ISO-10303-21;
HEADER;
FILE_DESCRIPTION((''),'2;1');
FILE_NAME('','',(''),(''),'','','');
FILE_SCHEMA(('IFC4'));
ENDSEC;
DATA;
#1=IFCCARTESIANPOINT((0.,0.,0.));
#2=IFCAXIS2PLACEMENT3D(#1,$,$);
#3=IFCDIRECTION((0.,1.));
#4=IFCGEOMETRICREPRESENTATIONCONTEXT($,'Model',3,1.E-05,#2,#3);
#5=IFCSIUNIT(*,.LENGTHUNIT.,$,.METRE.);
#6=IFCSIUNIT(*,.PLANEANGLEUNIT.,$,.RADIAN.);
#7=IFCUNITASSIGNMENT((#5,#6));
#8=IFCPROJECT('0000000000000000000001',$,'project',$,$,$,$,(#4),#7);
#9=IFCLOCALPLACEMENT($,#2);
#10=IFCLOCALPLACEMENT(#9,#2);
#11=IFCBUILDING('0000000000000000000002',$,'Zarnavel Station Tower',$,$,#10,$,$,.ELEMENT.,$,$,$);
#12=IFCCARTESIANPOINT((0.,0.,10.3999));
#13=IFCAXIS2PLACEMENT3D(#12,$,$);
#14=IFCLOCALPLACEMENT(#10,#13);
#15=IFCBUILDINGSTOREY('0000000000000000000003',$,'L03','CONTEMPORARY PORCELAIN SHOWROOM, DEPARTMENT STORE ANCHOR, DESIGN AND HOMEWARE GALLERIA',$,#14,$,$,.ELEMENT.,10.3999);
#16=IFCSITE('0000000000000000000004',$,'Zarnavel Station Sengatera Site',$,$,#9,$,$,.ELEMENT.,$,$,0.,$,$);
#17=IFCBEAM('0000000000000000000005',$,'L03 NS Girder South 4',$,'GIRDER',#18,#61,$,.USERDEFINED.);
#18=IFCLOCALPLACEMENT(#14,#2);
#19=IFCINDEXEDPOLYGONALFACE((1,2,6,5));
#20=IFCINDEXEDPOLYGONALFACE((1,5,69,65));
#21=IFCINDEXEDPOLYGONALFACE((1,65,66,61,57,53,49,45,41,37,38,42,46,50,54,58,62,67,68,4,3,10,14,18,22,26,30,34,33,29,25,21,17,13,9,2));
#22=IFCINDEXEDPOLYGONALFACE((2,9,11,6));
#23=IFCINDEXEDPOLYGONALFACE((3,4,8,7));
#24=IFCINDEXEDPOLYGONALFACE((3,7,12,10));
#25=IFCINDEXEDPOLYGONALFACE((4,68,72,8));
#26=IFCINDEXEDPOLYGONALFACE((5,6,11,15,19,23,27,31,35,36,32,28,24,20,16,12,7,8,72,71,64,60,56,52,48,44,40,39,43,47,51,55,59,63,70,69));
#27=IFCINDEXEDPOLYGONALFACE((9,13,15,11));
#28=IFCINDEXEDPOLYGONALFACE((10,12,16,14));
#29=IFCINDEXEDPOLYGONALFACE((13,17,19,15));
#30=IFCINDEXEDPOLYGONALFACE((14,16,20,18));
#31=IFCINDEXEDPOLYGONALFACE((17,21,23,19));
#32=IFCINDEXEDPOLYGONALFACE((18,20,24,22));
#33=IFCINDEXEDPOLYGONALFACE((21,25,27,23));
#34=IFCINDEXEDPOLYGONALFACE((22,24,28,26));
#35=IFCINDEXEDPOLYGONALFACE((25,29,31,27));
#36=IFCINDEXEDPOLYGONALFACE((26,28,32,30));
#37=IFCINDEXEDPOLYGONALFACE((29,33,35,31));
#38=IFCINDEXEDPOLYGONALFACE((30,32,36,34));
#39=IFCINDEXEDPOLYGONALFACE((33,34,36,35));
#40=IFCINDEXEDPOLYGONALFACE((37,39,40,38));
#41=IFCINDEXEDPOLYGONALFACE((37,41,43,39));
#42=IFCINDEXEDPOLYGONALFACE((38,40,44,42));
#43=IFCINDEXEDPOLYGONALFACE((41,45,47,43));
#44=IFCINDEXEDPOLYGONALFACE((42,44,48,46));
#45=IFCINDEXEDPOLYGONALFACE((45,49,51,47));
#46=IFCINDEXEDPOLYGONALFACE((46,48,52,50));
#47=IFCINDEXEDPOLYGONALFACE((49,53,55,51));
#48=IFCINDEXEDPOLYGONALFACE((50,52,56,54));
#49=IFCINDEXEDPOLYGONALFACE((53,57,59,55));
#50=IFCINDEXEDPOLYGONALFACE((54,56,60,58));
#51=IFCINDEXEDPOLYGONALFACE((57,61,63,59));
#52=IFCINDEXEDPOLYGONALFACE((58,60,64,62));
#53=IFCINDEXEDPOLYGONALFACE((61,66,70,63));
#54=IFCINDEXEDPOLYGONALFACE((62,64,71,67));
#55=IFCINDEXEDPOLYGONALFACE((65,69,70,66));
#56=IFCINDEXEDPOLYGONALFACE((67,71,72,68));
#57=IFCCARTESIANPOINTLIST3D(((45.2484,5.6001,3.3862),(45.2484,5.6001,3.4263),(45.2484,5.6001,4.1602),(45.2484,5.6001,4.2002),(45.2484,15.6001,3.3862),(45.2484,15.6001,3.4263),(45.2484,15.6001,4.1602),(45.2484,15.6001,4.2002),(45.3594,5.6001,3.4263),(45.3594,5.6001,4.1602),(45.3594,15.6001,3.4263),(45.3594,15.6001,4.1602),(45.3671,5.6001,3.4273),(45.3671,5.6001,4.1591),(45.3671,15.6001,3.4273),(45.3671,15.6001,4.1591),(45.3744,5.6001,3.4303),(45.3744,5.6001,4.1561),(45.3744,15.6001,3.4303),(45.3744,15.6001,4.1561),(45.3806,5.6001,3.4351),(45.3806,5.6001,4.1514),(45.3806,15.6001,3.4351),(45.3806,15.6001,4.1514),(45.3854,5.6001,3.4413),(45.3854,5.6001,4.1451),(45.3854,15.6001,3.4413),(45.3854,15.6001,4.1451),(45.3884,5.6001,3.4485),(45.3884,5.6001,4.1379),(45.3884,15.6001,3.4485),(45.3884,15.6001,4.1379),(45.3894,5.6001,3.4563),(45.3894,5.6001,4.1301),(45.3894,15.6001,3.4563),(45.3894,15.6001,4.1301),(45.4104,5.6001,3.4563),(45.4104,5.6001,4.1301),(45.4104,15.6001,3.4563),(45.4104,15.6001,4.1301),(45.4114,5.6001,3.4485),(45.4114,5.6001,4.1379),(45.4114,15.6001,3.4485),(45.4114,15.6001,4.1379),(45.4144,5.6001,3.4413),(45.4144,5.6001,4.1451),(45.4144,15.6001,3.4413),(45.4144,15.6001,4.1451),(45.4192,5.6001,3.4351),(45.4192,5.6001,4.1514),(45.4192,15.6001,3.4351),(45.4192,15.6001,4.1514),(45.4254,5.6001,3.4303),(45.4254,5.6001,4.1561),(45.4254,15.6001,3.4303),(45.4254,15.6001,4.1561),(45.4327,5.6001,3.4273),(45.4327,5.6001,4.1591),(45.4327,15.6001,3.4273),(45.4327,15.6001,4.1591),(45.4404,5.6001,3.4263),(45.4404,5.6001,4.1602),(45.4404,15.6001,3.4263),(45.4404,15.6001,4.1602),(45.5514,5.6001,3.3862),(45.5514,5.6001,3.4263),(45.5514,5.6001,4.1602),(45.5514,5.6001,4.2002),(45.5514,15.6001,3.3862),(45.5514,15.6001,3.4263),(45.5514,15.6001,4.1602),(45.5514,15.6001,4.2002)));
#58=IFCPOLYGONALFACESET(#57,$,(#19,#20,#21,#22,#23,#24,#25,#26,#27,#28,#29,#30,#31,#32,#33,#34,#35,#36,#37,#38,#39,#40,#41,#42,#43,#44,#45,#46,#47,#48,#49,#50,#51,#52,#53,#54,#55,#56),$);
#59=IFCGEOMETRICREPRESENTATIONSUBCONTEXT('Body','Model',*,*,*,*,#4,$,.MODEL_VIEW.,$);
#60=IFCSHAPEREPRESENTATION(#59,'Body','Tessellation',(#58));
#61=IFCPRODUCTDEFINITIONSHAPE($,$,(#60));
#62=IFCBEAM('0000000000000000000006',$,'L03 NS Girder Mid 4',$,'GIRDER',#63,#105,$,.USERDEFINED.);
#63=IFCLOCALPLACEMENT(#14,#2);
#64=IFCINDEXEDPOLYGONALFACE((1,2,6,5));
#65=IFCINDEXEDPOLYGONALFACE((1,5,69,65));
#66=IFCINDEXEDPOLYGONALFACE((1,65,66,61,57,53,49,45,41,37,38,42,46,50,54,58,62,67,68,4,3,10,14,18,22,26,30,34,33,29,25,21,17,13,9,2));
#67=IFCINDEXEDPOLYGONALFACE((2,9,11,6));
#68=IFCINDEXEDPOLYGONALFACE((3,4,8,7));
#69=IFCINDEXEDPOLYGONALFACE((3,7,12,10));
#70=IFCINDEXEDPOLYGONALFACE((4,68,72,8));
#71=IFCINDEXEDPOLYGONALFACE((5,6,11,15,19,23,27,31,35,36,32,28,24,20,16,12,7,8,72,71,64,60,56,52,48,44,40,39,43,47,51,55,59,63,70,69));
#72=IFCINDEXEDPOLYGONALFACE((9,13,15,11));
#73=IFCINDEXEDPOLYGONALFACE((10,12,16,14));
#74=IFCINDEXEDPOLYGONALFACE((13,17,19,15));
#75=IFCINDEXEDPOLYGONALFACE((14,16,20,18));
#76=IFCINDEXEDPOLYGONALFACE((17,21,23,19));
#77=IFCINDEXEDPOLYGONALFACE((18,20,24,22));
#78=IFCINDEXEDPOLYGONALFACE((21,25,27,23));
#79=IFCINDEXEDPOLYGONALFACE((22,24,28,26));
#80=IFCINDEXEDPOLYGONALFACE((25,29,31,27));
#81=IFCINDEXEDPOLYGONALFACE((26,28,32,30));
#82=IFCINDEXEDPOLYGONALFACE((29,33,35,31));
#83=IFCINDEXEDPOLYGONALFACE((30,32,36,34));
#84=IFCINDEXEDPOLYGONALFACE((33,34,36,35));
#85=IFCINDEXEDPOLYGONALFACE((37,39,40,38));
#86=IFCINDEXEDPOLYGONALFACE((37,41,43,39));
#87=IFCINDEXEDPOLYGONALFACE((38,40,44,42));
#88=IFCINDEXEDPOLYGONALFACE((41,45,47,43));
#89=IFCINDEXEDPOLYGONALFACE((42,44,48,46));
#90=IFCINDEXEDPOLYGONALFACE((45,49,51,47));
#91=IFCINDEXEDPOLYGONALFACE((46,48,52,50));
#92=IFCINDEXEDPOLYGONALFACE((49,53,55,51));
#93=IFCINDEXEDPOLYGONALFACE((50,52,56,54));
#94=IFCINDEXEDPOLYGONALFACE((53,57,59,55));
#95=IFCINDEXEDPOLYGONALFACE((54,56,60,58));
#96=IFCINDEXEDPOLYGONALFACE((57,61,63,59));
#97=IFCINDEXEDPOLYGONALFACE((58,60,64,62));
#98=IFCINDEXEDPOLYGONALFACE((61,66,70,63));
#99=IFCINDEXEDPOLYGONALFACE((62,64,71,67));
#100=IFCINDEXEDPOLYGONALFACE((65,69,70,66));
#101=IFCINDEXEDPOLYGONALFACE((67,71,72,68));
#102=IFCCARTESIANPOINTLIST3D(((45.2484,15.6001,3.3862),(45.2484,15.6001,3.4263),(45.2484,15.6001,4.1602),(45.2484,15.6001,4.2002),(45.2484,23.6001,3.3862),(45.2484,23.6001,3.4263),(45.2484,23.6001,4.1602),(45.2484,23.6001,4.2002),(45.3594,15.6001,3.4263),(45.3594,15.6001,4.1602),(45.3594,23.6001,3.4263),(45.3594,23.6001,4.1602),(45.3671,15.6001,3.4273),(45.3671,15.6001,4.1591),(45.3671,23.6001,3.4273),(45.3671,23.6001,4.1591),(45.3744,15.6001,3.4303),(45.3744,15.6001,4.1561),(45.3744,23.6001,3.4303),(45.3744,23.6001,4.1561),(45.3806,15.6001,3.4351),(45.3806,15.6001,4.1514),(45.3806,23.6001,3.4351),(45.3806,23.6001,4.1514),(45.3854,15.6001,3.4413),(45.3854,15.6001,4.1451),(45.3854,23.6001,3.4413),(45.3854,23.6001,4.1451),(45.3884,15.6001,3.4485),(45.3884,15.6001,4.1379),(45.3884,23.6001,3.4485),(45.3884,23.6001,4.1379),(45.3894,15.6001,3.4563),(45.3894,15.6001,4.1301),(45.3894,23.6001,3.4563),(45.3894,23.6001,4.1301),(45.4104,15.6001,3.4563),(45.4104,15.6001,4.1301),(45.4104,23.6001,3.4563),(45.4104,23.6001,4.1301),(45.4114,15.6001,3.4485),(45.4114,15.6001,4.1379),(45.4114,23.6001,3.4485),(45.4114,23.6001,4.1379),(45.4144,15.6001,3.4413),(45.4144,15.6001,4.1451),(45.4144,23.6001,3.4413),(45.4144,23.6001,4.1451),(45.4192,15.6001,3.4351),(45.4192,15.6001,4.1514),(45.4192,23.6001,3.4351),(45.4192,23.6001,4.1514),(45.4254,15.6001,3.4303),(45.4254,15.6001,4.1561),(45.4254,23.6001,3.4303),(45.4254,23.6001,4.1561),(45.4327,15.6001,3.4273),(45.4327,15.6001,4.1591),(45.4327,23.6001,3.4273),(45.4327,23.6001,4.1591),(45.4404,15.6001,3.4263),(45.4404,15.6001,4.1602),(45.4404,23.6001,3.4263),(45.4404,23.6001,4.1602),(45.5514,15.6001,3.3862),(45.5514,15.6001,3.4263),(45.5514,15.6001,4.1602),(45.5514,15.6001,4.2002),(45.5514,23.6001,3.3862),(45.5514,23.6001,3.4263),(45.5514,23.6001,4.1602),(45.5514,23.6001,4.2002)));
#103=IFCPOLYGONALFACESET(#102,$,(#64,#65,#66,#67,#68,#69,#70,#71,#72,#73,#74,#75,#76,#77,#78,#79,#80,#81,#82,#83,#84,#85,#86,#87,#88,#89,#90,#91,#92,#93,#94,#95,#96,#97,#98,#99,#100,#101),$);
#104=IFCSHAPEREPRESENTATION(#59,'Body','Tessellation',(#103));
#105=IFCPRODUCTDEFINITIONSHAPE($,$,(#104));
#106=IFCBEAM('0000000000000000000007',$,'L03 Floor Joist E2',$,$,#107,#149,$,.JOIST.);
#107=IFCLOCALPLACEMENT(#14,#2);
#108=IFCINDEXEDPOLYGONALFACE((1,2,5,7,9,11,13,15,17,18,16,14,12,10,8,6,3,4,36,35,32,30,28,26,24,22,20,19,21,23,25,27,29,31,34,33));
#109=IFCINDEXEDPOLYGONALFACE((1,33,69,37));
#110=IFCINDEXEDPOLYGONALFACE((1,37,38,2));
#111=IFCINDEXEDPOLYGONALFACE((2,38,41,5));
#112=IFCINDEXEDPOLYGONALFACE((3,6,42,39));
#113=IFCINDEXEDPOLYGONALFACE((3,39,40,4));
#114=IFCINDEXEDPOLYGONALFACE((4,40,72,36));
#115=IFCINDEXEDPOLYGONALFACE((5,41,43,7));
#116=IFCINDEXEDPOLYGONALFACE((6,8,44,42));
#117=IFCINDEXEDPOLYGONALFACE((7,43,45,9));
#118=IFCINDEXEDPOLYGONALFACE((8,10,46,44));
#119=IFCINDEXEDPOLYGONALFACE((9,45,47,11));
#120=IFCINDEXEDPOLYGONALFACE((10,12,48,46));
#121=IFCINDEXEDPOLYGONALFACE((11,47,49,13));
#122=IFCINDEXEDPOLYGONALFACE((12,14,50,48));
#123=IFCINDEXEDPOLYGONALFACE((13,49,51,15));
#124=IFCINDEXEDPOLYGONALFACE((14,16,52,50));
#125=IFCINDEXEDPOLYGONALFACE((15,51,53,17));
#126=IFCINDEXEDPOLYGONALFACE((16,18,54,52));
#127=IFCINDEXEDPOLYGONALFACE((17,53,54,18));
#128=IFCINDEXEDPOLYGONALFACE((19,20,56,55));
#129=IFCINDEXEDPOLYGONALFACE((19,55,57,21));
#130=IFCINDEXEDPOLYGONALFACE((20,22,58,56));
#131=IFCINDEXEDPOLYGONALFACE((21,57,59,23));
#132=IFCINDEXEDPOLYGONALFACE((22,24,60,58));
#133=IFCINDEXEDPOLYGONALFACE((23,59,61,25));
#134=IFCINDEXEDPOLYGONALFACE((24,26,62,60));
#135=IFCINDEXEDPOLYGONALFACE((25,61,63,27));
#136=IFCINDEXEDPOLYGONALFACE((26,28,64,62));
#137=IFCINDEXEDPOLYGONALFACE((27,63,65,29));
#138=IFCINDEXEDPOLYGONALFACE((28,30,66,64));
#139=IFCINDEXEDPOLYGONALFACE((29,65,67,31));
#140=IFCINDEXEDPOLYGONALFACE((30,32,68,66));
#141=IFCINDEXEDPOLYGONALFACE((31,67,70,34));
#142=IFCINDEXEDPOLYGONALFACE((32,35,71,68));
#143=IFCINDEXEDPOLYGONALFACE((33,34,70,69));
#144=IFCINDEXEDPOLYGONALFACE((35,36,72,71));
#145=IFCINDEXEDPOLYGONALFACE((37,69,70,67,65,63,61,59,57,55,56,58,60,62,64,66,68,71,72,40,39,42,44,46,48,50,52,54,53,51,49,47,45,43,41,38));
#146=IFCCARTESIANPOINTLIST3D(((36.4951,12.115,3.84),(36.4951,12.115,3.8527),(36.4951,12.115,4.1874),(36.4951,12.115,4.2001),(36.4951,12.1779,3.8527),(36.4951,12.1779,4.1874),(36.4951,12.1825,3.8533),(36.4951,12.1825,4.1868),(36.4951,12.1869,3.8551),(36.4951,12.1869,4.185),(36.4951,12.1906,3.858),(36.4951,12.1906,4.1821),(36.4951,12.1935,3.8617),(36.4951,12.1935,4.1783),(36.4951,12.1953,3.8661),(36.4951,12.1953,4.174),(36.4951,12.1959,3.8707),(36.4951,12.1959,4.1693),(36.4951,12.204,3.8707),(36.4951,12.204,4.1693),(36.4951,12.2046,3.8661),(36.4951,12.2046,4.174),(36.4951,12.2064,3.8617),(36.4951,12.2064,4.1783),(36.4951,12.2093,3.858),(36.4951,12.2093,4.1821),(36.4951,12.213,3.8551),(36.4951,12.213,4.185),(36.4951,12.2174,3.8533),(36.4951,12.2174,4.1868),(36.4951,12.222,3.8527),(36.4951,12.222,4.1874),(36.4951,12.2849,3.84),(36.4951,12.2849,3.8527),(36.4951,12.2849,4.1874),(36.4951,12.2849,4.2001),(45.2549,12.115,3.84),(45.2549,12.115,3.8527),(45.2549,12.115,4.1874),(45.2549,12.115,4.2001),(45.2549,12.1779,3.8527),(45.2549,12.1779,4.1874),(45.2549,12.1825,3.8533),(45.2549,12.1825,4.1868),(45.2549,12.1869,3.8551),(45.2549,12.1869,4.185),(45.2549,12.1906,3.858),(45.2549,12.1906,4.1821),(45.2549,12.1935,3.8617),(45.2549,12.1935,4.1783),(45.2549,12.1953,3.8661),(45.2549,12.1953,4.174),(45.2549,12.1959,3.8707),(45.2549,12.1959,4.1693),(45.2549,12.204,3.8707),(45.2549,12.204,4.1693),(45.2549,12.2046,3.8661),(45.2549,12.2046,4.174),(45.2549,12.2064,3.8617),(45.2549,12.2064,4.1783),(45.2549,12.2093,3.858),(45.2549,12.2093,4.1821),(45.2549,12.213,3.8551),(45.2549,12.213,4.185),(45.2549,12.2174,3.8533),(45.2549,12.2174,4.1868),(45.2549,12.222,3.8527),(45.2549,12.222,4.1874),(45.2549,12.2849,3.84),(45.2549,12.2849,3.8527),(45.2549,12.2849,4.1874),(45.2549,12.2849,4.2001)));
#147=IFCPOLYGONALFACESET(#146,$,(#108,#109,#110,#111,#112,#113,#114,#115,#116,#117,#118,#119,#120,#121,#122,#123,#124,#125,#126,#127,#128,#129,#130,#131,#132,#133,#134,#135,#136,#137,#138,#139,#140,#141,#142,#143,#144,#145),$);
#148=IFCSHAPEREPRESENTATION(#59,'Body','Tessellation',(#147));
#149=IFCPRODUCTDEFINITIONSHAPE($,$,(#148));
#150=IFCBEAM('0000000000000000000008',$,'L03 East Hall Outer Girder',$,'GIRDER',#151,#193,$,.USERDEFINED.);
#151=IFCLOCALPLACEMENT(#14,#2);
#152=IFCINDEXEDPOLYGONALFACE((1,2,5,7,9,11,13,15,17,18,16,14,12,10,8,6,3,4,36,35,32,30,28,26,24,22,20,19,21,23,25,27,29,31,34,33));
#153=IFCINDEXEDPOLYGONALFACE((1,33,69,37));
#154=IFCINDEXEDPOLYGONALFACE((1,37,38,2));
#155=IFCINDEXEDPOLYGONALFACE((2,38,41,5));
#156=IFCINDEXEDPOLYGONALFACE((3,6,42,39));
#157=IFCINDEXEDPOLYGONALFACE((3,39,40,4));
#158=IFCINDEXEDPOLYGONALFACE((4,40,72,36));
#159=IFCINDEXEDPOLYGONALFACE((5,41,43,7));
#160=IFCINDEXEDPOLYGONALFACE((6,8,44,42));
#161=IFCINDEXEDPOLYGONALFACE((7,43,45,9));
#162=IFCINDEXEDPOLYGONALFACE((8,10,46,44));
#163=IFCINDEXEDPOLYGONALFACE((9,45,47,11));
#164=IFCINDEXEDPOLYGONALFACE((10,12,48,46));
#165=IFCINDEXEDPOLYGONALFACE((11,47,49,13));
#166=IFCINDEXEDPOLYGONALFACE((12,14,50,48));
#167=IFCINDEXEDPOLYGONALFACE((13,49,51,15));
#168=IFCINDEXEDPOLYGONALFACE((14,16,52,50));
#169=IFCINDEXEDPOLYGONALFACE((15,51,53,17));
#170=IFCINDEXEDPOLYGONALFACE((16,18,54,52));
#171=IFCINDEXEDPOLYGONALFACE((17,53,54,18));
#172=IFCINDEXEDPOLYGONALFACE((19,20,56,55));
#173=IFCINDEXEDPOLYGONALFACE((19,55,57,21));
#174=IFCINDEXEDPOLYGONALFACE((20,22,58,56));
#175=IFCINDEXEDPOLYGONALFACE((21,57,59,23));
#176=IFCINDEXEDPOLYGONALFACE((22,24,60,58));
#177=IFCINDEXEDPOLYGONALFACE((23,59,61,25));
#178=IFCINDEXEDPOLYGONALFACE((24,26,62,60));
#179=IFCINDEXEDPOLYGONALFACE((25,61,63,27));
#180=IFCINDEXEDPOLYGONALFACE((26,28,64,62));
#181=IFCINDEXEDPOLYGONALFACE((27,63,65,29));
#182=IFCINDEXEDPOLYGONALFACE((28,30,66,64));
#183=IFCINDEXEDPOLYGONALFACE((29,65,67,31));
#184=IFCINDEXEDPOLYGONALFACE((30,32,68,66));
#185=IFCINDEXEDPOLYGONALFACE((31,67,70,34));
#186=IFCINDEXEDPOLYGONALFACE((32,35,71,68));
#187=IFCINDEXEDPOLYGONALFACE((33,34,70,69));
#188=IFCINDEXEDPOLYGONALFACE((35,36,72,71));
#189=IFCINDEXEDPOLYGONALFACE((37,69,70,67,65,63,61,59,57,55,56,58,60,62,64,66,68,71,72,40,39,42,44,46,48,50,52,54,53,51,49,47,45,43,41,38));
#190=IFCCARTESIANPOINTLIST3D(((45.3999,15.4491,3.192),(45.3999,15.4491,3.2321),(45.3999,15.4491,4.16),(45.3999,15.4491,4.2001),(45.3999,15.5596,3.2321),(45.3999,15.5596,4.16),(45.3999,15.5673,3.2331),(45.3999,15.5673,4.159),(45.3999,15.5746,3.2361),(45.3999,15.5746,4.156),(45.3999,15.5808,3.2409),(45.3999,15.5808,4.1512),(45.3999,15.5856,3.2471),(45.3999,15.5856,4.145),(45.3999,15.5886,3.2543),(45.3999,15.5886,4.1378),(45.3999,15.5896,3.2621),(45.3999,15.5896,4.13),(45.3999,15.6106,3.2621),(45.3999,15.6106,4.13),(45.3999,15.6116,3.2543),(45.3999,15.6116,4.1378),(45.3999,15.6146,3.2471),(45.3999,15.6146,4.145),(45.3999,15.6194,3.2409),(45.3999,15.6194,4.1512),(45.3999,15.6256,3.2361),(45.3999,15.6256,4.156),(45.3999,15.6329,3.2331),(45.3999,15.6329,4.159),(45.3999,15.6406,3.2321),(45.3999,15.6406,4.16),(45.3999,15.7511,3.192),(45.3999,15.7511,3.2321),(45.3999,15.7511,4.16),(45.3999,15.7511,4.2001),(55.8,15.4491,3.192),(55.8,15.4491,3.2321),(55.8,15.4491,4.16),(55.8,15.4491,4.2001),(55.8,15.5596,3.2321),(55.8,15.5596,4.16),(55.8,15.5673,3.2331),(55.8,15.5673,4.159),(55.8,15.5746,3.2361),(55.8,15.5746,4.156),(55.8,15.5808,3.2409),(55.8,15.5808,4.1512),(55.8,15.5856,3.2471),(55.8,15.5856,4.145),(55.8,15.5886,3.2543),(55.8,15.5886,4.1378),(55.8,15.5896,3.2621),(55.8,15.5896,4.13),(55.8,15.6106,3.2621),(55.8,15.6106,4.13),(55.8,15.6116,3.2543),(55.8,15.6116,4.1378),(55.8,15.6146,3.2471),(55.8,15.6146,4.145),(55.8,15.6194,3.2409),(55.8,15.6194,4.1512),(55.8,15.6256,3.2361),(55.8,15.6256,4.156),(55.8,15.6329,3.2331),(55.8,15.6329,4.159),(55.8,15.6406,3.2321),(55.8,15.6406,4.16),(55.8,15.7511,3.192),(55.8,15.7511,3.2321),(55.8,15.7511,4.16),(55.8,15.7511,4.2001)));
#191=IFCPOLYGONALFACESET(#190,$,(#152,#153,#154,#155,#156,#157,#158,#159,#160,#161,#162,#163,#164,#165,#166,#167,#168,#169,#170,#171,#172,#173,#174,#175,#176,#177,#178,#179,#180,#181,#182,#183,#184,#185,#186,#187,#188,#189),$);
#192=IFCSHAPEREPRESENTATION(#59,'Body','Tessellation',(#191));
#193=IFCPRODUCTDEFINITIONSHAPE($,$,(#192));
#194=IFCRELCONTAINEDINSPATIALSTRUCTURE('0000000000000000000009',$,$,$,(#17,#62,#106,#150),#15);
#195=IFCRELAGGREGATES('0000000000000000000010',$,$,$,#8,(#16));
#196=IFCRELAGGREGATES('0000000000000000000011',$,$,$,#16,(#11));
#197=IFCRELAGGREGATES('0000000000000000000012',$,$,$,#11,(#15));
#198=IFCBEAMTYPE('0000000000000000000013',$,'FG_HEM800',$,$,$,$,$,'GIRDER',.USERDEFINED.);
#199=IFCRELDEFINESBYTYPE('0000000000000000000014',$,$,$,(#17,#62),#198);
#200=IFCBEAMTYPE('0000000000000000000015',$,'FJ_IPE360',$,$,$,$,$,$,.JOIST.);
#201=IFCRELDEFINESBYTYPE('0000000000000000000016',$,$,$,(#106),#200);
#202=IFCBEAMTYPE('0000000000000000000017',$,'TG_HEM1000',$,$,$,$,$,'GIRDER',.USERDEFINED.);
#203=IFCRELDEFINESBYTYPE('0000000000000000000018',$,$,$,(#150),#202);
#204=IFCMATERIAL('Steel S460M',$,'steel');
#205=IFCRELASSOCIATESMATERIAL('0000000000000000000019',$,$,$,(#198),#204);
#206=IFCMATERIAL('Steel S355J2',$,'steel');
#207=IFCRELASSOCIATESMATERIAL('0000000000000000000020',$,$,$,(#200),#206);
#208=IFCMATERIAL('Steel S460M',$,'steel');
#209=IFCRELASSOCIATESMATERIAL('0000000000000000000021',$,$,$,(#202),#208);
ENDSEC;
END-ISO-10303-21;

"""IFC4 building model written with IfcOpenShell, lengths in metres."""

from ifc_helpers import new_model, si_unit, direction, frame, origin, origin_2d, place, context, subcontext, project, spatial, i_section, extrude, material, material_profile, profile_set, type_object, element, save


model = new_model("IFC4")

# Units and contexts
model_context = context("Model", 3, precision=1e-05, world=origin(), true_north=direction((0.0, 1.0)))
body_context = subcontext(model_context, "Body", "Model", "MODEL_VIEW")
ifc_project = project(units=[si_unit("LENGTHUNIT", "METRE"), si_unit("PLANEANGLEUNIT", "RADIAN")], contexts=[model_context])

# Site, building, storey
site_placement = place(None, origin())
site = spatial("IfcSite", under=ifc_project, at=site_placement, Name="Zarnavel Station Sengatera Site", CompositionType="ELEMENT", RefElevation=0.0)
building_placement = place(site_placement, origin())
building = spatial("IfcBuilding", under=site, at=building_placement, Name="Zarnavel Station Tower", CompositionType="ELEMENT")
storey_placement = place(building_placement, frame((0.0, 0.0, 10.3999)))
storey = spatial("IfcBuildingStorey", under=building, at=storey_placement, Name="L03", Description="CONTEMPORARY PORCELAIN SHOWROOM, DEPARTMENT STORE ANCHOR, DESIGN AND HOMEWARE GALLERIA", CompositionType="ELEMENT", Elevation=10.3999)

# Beams
ifc_material_1 = material(Name="Steel S460M", Category="steel")
ifc_material_profile_1 = material_profile(ifc_material_1, i_section(OverallWidth=0.303, OverallDepth=0.814, WebThickness=0.021, FlangeThickness=0.04, FilletRadius=0.03, at=origin_2d()), Name="HEM800")
ifc_profile_set_1 = profile_set([ifc_material_profile_1], Name="Steel S460M")
beam_type_1 = type_object("IfcBeamType", Name="FG_HEM800", ElementType="GIRDER", PredefinedType="USERDEFINED", material=ifc_profile_set_1)
beam_1_placement = place(storey_placement, frame((45.3999, 5.6001, 3.7932), z_axis=(0.0, 1.0, 0.0), x_axis=(-1.0, 0.0, 0.0)))
element("IfcBeam", 1, at=beam_1_placement, inside=storey, type_object=beam_type_1, Name="L03 NS Girder South 4", ObjectType="GIRDER", PredefinedType="USERDEFINED", context=body_context, shape_type="SweptSolid", body=[
    extrude(i_section(OverallWidth=0.303, OverallDepth=0.814, WebThickness=0.021, FlangeThickness=0.04, FilletRadius=0.03, at=origin_2d()), origin(), (0.0, 0.0, 1.0), 10.0),
])
beam_2_placement = place(storey_placement, frame((45.3999, 15.6001, 3.7932), z_axis=(0.0, 1.0, 0.0), x_axis=(-1.0, 0.0, 0.0)))
element("IfcBeam", 2, at=beam_2_placement, inside=storey, type_object=beam_type_1, Name="L03 NS Girder Mid 4", ObjectType="GIRDER", PredefinedType="USERDEFINED", context=body_context, shape_type="SweptSolid", body=[
    extrude(i_section(OverallWidth=0.303, OverallDepth=0.814, WebThickness=0.021, FlangeThickness=0.04, FilletRadius=0.03, at=origin_2d()), origin(), (0.0, 0.0, 1.0), 8.0),
])
ifc_material_2 = material(Name="Steel S355J2", Category="steel")
ifc_material_profile_2 = material_profile(ifc_material_2, i_section(OverallWidth=0.1699, OverallDepth=0.3601, WebThickness=0.0081, FlangeThickness=0.0127, FilletRadius=0.0181, at=origin_2d()), Name="IPE360")
ifc_profile_set_2 = profile_set([ifc_material_profile_2], Name="Steel S355J2")
beam_type_2 = type_object("IfcBeamType", Name="FJ_IPE360", PredefinedType="JOIST", material=ifc_profile_set_2)
beam_3_placement = place(storey_placement, frame((36.4951, 12.2, 4.02), z_axis=(1.0, 0.0, 0.0), x_axis=(0.0, 1.0, 0.0)))
element("IfcBeam", 3, at=beam_3_placement, inside=storey, type_object=beam_type_2, Name="L03 Floor Joist E2", PredefinedType="JOIST", context=body_context, shape_type="SweptSolid", body=[
    extrude(i_section(OverallWidth=0.1699, OverallDepth=0.3601, WebThickness=0.0081, FlangeThickness=0.0127, FilletRadius=0.0181, at=origin_2d()), origin(), (0.0, 0.0, 1.0), 8.7598),
])
ifc_material_3 = material(Name="Steel S460M", Category="steel")
ifc_material_profile_3 = material_profile(ifc_material_3, i_section(OverallWidth=0.302, OverallDepth=1.0081, WebThickness=0.021, FlangeThickness=0.04, FilletRadius=0.03, at=origin_2d()), Name="HEM1000")
ifc_profile_set_3 = profile_set([ifc_material_profile_3], Name="Steel S460M")
beam_type_3 = type_object("IfcBeamType", Name="TG_HEM1000", ElementType="GIRDER", PredefinedType="USERDEFINED", material=ifc_profile_set_3)
beam_4_placement = place(storey_placement, frame((45.3999, 15.6001, 3.696), z_axis=(1.0, 0.0, 0.0), x_axis=(0.0, 1.0, 0.0)))
element("IfcBeam", 4, at=beam_4_placement, inside=storey, type_object=beam_type_3, Name="L03 East Hall Outer Girder", ObjectType="GIRDER", PredefinedType="USERDEFINED", context=body_context, shape_type="SweptSolid", body=[
    extrude(i_section(OverallWidth=0.302, OverallDepth=1.0081, WebThickness=0.021, FlangeThickness=0.04, FilletRadius=0.03, at=origin_2d()), origin(), (0.0, 0.0, 1.0), 10.4001),
])

save(model, "model.ifc")
